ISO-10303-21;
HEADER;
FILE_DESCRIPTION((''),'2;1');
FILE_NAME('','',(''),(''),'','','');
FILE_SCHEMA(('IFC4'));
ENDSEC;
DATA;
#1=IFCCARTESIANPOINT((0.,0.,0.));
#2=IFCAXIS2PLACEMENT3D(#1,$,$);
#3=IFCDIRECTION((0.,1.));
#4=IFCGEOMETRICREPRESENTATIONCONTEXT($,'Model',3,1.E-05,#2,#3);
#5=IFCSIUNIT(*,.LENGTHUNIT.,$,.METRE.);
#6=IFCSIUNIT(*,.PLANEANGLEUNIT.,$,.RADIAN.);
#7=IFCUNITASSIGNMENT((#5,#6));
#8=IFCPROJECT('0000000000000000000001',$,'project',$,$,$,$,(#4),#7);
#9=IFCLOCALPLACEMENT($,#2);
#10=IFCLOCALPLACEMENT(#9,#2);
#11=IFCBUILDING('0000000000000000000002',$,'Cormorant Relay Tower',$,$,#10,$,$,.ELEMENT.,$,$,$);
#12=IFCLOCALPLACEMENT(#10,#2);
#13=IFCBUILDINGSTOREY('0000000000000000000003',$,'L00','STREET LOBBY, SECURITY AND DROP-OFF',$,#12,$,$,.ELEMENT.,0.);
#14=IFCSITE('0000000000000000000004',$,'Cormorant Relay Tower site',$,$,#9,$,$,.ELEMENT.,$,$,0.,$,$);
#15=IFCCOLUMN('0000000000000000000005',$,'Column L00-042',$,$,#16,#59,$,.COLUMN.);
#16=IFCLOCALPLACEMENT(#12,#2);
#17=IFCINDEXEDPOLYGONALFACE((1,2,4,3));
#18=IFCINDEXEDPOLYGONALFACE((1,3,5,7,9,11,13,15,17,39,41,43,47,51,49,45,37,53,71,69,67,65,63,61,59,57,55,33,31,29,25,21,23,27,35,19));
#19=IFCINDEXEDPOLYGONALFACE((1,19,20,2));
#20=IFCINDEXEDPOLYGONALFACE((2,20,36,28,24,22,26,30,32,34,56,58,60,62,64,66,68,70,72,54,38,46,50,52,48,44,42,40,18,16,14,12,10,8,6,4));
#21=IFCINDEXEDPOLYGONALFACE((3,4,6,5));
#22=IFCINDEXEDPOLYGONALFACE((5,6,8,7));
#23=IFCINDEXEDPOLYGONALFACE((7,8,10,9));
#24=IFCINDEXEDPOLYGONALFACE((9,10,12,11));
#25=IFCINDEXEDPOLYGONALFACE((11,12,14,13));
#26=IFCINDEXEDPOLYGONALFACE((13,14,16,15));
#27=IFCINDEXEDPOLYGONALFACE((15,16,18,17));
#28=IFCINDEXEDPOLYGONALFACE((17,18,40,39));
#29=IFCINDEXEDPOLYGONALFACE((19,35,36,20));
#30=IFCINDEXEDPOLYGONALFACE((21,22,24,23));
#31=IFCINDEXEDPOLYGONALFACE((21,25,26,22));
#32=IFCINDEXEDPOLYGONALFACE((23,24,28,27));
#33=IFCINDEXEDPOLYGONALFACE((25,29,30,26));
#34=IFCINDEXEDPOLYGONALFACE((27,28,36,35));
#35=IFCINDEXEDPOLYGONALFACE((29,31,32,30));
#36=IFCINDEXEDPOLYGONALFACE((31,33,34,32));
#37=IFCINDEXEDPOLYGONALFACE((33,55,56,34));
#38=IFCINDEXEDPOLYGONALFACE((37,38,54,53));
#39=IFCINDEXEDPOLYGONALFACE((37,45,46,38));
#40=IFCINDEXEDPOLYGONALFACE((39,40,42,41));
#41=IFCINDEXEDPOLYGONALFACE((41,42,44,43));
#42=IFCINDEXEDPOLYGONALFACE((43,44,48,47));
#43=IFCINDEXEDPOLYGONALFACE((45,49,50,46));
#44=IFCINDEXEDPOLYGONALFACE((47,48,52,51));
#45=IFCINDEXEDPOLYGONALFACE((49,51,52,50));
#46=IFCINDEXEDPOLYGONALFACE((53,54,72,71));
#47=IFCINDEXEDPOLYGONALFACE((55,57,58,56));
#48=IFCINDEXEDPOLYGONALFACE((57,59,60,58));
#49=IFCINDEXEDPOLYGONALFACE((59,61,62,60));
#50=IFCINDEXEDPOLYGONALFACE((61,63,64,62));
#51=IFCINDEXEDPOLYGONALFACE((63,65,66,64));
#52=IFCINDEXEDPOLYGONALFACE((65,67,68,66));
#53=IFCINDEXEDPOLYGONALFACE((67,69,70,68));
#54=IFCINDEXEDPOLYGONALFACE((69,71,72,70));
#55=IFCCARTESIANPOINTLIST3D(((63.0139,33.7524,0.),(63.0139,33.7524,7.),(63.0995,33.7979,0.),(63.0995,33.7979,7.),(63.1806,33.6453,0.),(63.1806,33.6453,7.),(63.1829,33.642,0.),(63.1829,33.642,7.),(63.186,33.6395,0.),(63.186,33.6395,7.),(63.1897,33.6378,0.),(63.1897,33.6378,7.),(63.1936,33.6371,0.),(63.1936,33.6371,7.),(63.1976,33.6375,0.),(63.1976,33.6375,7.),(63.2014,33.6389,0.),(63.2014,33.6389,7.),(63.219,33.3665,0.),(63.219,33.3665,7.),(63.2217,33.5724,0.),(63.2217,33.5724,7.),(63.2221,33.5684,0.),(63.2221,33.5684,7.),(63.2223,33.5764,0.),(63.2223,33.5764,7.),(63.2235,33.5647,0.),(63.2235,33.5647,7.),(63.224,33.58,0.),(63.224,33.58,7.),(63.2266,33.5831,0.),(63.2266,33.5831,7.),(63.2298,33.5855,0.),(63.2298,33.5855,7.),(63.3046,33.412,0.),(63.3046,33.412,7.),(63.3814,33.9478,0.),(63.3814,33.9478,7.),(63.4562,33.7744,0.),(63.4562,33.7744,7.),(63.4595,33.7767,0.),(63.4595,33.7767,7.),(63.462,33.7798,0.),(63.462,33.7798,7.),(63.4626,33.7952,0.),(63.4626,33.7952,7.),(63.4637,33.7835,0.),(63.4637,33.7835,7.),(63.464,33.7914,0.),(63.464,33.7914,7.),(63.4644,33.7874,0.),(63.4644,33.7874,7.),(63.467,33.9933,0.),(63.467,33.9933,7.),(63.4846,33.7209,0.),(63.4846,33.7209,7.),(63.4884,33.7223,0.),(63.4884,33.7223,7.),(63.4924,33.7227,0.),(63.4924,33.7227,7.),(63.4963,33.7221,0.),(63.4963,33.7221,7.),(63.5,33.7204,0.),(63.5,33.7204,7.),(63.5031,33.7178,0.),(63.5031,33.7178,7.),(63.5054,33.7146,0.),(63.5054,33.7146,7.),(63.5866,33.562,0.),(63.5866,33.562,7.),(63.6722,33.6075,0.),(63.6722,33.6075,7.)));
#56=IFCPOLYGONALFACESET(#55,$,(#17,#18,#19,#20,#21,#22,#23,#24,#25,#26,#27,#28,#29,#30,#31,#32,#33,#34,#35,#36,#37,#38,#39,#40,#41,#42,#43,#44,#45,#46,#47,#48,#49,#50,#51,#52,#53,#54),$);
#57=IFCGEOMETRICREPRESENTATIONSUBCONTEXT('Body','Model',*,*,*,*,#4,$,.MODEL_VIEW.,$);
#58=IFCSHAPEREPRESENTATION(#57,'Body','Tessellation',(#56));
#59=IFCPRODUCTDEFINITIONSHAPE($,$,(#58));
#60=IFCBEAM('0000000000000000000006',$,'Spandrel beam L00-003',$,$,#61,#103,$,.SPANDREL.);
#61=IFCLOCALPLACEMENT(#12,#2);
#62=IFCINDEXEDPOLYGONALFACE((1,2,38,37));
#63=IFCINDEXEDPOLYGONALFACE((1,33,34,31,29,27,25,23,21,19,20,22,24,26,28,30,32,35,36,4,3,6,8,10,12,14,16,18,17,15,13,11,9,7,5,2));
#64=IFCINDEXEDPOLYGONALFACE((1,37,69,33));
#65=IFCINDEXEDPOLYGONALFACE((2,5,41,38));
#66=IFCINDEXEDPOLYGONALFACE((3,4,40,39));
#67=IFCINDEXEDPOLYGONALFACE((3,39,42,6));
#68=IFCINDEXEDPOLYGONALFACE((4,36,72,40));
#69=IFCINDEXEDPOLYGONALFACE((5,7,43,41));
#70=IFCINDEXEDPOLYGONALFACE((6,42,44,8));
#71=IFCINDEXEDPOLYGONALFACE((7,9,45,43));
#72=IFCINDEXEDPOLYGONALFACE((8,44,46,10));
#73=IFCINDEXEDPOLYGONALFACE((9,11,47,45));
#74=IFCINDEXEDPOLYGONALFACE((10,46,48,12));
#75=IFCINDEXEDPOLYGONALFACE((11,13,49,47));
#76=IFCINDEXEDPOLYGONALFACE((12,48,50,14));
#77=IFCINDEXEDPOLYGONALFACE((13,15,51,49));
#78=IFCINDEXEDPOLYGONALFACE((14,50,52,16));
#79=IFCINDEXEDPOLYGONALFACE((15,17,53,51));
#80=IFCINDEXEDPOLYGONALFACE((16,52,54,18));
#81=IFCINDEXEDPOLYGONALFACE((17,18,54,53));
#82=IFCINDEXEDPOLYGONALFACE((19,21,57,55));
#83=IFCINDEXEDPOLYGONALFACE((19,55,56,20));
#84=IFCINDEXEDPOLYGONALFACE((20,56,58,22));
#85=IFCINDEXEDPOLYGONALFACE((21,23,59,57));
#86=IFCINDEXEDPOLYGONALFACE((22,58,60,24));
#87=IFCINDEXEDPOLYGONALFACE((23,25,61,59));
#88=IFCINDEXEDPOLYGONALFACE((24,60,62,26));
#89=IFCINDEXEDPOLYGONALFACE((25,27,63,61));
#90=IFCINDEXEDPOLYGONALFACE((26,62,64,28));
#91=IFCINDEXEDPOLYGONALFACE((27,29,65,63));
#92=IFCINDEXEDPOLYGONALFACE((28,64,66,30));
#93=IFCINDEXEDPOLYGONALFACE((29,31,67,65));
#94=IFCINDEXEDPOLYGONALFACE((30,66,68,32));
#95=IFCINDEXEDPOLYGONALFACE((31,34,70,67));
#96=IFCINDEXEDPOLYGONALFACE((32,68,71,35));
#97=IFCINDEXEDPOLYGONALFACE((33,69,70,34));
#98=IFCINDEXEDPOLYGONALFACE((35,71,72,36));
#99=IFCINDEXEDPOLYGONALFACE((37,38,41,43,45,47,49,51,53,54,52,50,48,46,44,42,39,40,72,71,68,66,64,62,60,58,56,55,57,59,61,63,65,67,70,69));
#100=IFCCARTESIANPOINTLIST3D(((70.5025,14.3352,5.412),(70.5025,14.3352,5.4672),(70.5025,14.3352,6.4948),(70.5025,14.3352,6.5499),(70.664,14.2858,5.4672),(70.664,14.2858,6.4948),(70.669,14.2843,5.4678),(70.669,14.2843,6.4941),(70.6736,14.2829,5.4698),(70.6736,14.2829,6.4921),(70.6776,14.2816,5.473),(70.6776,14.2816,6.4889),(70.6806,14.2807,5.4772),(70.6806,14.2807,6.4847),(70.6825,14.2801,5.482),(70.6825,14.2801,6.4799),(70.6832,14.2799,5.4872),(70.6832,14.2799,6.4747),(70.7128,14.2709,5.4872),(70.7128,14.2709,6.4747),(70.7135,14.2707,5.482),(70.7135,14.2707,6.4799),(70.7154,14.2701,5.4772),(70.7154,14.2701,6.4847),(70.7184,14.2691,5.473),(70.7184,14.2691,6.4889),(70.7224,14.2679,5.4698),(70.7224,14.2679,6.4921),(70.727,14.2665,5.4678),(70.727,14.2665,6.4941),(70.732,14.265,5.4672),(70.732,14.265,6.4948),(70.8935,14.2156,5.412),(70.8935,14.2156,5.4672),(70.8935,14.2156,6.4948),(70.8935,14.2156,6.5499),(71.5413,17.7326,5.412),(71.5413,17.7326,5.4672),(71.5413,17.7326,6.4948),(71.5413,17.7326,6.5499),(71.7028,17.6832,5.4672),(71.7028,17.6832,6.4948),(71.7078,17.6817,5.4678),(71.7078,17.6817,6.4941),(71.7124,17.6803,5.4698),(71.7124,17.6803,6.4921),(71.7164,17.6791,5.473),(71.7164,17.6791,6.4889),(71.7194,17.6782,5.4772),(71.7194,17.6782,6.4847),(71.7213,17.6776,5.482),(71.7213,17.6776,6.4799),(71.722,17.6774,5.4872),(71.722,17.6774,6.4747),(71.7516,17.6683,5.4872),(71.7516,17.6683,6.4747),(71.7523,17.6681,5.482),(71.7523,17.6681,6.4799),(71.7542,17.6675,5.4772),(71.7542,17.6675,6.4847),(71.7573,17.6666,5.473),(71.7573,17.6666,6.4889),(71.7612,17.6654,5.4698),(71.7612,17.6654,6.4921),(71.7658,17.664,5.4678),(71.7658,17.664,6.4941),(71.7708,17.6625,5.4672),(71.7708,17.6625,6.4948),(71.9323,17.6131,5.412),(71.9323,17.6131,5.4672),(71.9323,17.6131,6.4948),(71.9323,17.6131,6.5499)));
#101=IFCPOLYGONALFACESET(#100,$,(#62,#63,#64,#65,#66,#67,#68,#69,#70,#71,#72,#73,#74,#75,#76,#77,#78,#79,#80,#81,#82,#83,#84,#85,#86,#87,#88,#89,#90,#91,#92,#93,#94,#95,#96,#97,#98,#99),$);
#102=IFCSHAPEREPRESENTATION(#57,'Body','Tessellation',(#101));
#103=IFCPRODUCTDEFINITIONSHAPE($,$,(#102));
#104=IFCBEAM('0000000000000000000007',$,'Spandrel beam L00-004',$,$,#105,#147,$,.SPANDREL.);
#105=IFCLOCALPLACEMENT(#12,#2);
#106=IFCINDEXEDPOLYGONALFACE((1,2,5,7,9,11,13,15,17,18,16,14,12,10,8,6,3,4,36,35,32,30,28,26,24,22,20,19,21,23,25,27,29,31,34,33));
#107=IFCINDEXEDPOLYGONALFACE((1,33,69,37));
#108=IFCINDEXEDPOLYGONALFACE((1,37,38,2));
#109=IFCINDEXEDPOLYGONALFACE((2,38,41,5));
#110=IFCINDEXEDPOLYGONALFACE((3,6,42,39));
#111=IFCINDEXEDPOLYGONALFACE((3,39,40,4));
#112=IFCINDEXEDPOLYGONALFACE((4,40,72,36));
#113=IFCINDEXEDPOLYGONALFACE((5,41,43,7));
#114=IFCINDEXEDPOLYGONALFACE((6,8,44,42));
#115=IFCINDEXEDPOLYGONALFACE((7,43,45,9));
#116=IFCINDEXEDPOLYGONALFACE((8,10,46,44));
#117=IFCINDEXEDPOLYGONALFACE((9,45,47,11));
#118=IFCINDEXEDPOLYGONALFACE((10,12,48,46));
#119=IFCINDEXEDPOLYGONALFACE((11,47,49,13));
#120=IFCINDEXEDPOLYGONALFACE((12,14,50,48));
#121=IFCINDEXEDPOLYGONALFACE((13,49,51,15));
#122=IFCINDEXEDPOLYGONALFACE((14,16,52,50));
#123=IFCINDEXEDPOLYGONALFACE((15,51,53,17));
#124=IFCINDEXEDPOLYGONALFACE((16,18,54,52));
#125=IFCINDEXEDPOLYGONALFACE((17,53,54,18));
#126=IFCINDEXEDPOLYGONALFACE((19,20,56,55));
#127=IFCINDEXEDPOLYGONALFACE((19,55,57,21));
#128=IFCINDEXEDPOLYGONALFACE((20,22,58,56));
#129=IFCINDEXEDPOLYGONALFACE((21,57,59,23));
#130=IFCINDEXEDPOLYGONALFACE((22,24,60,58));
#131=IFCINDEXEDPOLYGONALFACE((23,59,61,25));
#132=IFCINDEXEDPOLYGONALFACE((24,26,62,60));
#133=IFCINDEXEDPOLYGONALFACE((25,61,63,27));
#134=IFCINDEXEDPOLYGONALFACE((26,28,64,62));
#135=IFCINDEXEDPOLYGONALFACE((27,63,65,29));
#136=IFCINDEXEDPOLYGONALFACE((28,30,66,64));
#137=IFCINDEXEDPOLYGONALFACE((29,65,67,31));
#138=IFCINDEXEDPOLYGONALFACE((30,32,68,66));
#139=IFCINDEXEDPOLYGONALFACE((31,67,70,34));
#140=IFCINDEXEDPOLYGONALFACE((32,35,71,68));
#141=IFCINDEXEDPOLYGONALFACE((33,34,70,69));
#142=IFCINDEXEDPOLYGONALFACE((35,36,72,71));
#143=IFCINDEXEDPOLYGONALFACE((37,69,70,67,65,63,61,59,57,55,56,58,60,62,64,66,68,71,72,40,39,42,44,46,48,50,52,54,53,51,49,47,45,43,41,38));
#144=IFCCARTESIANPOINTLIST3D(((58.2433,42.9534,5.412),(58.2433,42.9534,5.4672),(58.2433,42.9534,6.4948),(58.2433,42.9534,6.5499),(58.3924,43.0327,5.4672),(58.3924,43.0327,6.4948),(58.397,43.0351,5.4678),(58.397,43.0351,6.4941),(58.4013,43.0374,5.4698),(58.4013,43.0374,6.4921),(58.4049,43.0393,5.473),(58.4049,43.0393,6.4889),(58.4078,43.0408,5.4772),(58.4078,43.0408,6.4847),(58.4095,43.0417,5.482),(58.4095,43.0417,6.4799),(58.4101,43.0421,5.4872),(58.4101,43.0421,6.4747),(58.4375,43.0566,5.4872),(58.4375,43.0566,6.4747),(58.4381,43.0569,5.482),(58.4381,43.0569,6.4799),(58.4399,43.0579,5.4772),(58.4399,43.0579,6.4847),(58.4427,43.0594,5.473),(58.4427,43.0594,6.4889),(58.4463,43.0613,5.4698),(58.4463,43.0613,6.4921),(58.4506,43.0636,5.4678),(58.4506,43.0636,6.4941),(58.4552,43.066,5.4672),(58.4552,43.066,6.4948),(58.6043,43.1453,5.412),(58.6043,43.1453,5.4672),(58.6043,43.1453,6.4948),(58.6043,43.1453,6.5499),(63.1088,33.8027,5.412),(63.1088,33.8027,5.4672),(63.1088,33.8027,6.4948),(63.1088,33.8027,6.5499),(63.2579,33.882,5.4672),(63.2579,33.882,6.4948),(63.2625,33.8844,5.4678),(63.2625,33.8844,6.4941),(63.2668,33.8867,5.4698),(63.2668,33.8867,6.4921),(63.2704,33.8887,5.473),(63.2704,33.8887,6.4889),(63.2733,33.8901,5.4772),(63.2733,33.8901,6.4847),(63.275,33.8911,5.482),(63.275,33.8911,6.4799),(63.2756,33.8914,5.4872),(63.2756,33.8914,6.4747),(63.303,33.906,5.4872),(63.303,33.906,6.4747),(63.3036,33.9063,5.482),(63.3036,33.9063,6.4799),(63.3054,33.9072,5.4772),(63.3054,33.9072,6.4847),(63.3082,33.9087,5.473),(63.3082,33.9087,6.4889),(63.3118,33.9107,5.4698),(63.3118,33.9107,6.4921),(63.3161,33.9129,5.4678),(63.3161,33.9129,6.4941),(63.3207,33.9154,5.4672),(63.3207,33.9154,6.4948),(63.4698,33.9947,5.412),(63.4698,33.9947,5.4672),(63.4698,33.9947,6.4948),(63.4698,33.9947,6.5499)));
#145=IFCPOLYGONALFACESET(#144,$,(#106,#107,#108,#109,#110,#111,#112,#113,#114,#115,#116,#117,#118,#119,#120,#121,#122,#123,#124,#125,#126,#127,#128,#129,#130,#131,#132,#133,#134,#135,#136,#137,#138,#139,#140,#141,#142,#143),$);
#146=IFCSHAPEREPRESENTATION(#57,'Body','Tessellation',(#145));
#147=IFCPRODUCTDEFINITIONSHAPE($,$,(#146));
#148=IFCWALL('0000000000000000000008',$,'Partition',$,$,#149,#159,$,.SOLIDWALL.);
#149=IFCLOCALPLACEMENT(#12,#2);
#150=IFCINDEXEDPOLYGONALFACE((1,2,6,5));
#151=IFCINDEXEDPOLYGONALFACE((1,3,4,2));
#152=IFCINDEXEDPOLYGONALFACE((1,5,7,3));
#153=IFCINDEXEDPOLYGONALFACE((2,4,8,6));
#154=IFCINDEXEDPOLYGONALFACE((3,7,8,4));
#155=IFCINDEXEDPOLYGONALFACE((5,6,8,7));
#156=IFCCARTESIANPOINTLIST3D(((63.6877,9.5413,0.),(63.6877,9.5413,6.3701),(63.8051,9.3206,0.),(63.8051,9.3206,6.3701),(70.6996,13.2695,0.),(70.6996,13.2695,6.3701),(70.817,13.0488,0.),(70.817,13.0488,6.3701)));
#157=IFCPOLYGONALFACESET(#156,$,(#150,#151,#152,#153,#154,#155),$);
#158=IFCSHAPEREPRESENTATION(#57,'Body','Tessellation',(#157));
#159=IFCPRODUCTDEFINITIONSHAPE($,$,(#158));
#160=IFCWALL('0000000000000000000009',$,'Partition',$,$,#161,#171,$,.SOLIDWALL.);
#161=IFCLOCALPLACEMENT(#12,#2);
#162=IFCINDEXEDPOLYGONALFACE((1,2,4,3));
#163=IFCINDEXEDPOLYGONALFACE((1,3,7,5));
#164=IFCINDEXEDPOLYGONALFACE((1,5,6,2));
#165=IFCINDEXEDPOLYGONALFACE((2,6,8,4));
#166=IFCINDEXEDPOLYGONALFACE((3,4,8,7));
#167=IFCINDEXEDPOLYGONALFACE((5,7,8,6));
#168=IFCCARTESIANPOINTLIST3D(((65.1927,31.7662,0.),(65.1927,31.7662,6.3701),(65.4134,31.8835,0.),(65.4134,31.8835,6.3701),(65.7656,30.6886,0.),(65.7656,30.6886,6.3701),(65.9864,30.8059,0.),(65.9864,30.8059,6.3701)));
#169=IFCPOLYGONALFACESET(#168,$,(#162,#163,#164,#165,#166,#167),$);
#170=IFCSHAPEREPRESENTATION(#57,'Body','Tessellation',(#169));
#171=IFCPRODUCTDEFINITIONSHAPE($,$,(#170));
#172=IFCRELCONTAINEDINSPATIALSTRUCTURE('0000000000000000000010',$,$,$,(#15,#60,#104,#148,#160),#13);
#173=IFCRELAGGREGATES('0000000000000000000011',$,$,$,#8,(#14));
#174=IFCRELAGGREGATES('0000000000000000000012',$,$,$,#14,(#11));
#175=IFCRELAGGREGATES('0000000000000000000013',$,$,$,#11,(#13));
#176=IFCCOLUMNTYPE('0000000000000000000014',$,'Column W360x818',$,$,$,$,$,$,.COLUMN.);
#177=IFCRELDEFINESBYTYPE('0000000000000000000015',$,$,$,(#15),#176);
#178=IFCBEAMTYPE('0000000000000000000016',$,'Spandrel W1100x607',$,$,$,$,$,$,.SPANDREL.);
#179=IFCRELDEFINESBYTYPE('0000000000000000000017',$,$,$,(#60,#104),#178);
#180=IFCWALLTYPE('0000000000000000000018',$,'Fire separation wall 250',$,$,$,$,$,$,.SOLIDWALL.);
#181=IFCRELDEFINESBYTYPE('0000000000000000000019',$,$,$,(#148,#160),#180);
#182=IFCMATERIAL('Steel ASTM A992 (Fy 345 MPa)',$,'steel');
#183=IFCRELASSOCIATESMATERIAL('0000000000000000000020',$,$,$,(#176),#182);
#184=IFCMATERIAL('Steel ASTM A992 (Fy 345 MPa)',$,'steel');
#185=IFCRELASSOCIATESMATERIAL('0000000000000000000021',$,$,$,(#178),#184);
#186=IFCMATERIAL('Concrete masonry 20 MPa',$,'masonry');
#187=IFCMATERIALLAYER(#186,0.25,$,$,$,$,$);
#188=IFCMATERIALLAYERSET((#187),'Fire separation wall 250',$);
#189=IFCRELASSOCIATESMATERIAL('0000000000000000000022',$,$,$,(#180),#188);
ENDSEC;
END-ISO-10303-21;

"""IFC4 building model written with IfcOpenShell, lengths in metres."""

from ifc_helpers import new_model, si_unit, direction, frame, frame_2d, origin, origin_2d, place, context, subcontext, project, spatial, rectangle, i_section, extrude, material, layer, layer_set, material_profile, profile_set, type_object, element, save


model = new_model("IFC4")

# Units and contexts
model_context = context("Model", 3, precision=1e-05, world=origin(), true_north=direction((0.0, 1.0)))
body_context = subcontext(model_context, "Body", "Model", "MODEL_VIEW")
ifc_project = project(units=[si_unit("LENGTHUNIT", "METRE"), si_unit("PLANEANGLEUNIT", "RADIAN")], contexts=[model_context])

# Site, building, storey
site_placement = place(None, origin())
site = spatial("IfcSite", under=ifc_project, at=site_placement, Name="Cormorant Relay Tower site", CompositionType="ELEMENT", RefElevation=0.0)
building_placement = place(site_placement, origin())
building = spatial("IfcBuilding", under=site, at=building_placement, Name="Cormorant Relay Tower", CompositionType="ELEMENT")
storey_placement = place(building_placement, origin())
storey = spatial("IfcBuildingStorey", under=building, at=storey_placement, Name="L00", Description="STREET LOBBY, SECURITY AND DROP-OFF", CompositionType="ELEMENT", Elevation=0.0)

# Column
ifc_material_1 = material(Name="Steel ASTM A992 (Fy 345 MPa)", Category="steel")
ifc_material_profile_1 = material_profile(ifc_material_1, i_section(OverallWidth=0.437, OverallDepth=0.5132, WebThickness=0.0605, FlangeThickness=0.0969, FilletRadius=0.0154, at=origin_2d()), Name="W360x818")
ifc_profile_set_1 = profile_set([ifc_material_profile_1], Name="Steel ASTM A992 (Fy 345 MPa)")
column_type_1 = type_object("IfcColumnType", Name="Column W360x818", PredefinedType="COLUMN", material=ifc_profile_set_1)
for number, where, z_axis, x_axis, name in (
    (1, (63.343, 33.6799, 0.0), (0.0, 0.0, 1.0), (-0.469472, 0.882948, 0.0), "Column L00-042"),
):
    element("IfcColumn", number, at=place(storey_placement, frame(where, z_axis=z_axis, x_axis=x_axis)), inside=storey, type_object=column_type_1, Name=name, PredefinedType="COLUMN", context=body_context, shape_type="SweptSolid", body=[
        extrude(i_section(OverallWidth=0.437, OverallDepth=0.5132, WebThickness=0.0605, FlangeThickness=0.0969, FilletRadius=0.0154, at=origin_2d()), origin(), (0.0, 0.0, 1.0), 7.0),
    ])

# Beams
ifc_material_2 = material(Name="Steel ASTM A992 (Fy 345 MPa)", Category="steel")
ifc_material_profile_2 = material_profile(ifc_material_2, i_section(OverallWidth=0.4089, OverallDepth=1.1379, WebThickness=0.031, FlangeThickness=0.0552, FilletRadius=0.02, at=origin_2d()), Name="W1100x607")
ifc_profile_set_2 = profile_set([ifc_material_profile_2], Name="Steel ASTM A992 (Fy 345 MPa)")
beam_type = type_object("IfcBeamType", Name="Spandrel W1100x607", PredefinedType="SPANDREL", material=ifc_profile_set_2)
beam_1_placement = place(storey_placement, frame((70.698, 14.2754, 5.981), z_axis=(0.2924, 0.956296, 0.0), x_axis=(-0.956296, 0.2924, 0.0)))
element("IfcBeam", 2, at=beam_1_placement, inside=storey, type_object=beam_type, Name="Spandrel beam L00-003", PredefinedType="SPANDREL", context=body_context, shape_type="SweptSolid", body=[
    extrude(i_section(OverallWidth=0.4089, OverallDepth=1.1379, WebThickness=0.031, FlangeThickness=0.0552, FilletRadius=0.02, at=origin_2d()), origin(), (0.0, 0.0, 1.0), 3.5527),
])
beam_2_placement = place(storey_placement, frame((63.2893, 33.8987, 5.981), z_axis=(-0.469472, 0.882948, 0.0), x_axis=(-0.882948, -0.469472, 0.0)))
element("IfcBeam", 3, at=beam_2_placement, inside=storey, type_object=beam_type, Name="Spandrel beam L00-004", PredefinedType="SPANDREL", context=body_context, shape_type="SweptSolid", body=[
    extrude(i_section(OverallWidth=0.4089, OverallDepth=1.1379, WebThickness=0.031, FlangeThickness=0.0552, FilletRadius=0.02, at=origin_2d()), origin(), (0.0, 0.0, 1.0), 10.3638),
])

# Walls
ifc_material_3 = material(Name="Concrete masonry 20 MPa", Category="masonry")
ifc_layer_1 = layer(ifc_material_3, 0.25)
ifc_layer_set_1 = layer_set([ifc_layer_1], Name="Fire separation wall 250")
wall_type_1 = type_object("IfcWallType", Name="Fire separation wall 250", PredefinedType="SOLIDWALL", material=ifc_layer_set_1)
wall_1_placement = place(storey_placement, frame((70.7583, 13.1592, 0.0), z_axis=(0.0, 0.0, 1.0), x_axis=(-0.88295, -0.469466, 0.0)))
element("IfcWall", 4, at=wall_1_placement, inside=storey, type_object=wall_type_1, Name="Partition", PredefinedType="SOLIDWALL", context=body_context, shape_type="SweptSolid", body=[
    extrude(rectangle(XDim=7.9414, YDim=0.25, at=frame_2d((3.9707, 0.0))), origin(), (0.0, 0.0, 1.0), 6.3701),
])
wall_2_placement = place(storey_placement, frame((65.303, 31.825, 0.0), z_axis=(0.0, 0.0, 1.0), x_axis=(0.469477, -0.882945, 0.0)))
element("IfcWall", 5, at=wall_2_placement, inside=storey, type_object=wall_type_1, Name="Partition", PredefinedType="SOLIDWALL", context=body_context, shape_type="SweptSolid", body=[
    extrude(rectangle(XDim=1.2205, YDim=0.25, at=frame_2d((0.6104, 0.0))), origin(), (0.0, 0.0, 1.0), 6.3701),
])

save(model, "model.ifc")
